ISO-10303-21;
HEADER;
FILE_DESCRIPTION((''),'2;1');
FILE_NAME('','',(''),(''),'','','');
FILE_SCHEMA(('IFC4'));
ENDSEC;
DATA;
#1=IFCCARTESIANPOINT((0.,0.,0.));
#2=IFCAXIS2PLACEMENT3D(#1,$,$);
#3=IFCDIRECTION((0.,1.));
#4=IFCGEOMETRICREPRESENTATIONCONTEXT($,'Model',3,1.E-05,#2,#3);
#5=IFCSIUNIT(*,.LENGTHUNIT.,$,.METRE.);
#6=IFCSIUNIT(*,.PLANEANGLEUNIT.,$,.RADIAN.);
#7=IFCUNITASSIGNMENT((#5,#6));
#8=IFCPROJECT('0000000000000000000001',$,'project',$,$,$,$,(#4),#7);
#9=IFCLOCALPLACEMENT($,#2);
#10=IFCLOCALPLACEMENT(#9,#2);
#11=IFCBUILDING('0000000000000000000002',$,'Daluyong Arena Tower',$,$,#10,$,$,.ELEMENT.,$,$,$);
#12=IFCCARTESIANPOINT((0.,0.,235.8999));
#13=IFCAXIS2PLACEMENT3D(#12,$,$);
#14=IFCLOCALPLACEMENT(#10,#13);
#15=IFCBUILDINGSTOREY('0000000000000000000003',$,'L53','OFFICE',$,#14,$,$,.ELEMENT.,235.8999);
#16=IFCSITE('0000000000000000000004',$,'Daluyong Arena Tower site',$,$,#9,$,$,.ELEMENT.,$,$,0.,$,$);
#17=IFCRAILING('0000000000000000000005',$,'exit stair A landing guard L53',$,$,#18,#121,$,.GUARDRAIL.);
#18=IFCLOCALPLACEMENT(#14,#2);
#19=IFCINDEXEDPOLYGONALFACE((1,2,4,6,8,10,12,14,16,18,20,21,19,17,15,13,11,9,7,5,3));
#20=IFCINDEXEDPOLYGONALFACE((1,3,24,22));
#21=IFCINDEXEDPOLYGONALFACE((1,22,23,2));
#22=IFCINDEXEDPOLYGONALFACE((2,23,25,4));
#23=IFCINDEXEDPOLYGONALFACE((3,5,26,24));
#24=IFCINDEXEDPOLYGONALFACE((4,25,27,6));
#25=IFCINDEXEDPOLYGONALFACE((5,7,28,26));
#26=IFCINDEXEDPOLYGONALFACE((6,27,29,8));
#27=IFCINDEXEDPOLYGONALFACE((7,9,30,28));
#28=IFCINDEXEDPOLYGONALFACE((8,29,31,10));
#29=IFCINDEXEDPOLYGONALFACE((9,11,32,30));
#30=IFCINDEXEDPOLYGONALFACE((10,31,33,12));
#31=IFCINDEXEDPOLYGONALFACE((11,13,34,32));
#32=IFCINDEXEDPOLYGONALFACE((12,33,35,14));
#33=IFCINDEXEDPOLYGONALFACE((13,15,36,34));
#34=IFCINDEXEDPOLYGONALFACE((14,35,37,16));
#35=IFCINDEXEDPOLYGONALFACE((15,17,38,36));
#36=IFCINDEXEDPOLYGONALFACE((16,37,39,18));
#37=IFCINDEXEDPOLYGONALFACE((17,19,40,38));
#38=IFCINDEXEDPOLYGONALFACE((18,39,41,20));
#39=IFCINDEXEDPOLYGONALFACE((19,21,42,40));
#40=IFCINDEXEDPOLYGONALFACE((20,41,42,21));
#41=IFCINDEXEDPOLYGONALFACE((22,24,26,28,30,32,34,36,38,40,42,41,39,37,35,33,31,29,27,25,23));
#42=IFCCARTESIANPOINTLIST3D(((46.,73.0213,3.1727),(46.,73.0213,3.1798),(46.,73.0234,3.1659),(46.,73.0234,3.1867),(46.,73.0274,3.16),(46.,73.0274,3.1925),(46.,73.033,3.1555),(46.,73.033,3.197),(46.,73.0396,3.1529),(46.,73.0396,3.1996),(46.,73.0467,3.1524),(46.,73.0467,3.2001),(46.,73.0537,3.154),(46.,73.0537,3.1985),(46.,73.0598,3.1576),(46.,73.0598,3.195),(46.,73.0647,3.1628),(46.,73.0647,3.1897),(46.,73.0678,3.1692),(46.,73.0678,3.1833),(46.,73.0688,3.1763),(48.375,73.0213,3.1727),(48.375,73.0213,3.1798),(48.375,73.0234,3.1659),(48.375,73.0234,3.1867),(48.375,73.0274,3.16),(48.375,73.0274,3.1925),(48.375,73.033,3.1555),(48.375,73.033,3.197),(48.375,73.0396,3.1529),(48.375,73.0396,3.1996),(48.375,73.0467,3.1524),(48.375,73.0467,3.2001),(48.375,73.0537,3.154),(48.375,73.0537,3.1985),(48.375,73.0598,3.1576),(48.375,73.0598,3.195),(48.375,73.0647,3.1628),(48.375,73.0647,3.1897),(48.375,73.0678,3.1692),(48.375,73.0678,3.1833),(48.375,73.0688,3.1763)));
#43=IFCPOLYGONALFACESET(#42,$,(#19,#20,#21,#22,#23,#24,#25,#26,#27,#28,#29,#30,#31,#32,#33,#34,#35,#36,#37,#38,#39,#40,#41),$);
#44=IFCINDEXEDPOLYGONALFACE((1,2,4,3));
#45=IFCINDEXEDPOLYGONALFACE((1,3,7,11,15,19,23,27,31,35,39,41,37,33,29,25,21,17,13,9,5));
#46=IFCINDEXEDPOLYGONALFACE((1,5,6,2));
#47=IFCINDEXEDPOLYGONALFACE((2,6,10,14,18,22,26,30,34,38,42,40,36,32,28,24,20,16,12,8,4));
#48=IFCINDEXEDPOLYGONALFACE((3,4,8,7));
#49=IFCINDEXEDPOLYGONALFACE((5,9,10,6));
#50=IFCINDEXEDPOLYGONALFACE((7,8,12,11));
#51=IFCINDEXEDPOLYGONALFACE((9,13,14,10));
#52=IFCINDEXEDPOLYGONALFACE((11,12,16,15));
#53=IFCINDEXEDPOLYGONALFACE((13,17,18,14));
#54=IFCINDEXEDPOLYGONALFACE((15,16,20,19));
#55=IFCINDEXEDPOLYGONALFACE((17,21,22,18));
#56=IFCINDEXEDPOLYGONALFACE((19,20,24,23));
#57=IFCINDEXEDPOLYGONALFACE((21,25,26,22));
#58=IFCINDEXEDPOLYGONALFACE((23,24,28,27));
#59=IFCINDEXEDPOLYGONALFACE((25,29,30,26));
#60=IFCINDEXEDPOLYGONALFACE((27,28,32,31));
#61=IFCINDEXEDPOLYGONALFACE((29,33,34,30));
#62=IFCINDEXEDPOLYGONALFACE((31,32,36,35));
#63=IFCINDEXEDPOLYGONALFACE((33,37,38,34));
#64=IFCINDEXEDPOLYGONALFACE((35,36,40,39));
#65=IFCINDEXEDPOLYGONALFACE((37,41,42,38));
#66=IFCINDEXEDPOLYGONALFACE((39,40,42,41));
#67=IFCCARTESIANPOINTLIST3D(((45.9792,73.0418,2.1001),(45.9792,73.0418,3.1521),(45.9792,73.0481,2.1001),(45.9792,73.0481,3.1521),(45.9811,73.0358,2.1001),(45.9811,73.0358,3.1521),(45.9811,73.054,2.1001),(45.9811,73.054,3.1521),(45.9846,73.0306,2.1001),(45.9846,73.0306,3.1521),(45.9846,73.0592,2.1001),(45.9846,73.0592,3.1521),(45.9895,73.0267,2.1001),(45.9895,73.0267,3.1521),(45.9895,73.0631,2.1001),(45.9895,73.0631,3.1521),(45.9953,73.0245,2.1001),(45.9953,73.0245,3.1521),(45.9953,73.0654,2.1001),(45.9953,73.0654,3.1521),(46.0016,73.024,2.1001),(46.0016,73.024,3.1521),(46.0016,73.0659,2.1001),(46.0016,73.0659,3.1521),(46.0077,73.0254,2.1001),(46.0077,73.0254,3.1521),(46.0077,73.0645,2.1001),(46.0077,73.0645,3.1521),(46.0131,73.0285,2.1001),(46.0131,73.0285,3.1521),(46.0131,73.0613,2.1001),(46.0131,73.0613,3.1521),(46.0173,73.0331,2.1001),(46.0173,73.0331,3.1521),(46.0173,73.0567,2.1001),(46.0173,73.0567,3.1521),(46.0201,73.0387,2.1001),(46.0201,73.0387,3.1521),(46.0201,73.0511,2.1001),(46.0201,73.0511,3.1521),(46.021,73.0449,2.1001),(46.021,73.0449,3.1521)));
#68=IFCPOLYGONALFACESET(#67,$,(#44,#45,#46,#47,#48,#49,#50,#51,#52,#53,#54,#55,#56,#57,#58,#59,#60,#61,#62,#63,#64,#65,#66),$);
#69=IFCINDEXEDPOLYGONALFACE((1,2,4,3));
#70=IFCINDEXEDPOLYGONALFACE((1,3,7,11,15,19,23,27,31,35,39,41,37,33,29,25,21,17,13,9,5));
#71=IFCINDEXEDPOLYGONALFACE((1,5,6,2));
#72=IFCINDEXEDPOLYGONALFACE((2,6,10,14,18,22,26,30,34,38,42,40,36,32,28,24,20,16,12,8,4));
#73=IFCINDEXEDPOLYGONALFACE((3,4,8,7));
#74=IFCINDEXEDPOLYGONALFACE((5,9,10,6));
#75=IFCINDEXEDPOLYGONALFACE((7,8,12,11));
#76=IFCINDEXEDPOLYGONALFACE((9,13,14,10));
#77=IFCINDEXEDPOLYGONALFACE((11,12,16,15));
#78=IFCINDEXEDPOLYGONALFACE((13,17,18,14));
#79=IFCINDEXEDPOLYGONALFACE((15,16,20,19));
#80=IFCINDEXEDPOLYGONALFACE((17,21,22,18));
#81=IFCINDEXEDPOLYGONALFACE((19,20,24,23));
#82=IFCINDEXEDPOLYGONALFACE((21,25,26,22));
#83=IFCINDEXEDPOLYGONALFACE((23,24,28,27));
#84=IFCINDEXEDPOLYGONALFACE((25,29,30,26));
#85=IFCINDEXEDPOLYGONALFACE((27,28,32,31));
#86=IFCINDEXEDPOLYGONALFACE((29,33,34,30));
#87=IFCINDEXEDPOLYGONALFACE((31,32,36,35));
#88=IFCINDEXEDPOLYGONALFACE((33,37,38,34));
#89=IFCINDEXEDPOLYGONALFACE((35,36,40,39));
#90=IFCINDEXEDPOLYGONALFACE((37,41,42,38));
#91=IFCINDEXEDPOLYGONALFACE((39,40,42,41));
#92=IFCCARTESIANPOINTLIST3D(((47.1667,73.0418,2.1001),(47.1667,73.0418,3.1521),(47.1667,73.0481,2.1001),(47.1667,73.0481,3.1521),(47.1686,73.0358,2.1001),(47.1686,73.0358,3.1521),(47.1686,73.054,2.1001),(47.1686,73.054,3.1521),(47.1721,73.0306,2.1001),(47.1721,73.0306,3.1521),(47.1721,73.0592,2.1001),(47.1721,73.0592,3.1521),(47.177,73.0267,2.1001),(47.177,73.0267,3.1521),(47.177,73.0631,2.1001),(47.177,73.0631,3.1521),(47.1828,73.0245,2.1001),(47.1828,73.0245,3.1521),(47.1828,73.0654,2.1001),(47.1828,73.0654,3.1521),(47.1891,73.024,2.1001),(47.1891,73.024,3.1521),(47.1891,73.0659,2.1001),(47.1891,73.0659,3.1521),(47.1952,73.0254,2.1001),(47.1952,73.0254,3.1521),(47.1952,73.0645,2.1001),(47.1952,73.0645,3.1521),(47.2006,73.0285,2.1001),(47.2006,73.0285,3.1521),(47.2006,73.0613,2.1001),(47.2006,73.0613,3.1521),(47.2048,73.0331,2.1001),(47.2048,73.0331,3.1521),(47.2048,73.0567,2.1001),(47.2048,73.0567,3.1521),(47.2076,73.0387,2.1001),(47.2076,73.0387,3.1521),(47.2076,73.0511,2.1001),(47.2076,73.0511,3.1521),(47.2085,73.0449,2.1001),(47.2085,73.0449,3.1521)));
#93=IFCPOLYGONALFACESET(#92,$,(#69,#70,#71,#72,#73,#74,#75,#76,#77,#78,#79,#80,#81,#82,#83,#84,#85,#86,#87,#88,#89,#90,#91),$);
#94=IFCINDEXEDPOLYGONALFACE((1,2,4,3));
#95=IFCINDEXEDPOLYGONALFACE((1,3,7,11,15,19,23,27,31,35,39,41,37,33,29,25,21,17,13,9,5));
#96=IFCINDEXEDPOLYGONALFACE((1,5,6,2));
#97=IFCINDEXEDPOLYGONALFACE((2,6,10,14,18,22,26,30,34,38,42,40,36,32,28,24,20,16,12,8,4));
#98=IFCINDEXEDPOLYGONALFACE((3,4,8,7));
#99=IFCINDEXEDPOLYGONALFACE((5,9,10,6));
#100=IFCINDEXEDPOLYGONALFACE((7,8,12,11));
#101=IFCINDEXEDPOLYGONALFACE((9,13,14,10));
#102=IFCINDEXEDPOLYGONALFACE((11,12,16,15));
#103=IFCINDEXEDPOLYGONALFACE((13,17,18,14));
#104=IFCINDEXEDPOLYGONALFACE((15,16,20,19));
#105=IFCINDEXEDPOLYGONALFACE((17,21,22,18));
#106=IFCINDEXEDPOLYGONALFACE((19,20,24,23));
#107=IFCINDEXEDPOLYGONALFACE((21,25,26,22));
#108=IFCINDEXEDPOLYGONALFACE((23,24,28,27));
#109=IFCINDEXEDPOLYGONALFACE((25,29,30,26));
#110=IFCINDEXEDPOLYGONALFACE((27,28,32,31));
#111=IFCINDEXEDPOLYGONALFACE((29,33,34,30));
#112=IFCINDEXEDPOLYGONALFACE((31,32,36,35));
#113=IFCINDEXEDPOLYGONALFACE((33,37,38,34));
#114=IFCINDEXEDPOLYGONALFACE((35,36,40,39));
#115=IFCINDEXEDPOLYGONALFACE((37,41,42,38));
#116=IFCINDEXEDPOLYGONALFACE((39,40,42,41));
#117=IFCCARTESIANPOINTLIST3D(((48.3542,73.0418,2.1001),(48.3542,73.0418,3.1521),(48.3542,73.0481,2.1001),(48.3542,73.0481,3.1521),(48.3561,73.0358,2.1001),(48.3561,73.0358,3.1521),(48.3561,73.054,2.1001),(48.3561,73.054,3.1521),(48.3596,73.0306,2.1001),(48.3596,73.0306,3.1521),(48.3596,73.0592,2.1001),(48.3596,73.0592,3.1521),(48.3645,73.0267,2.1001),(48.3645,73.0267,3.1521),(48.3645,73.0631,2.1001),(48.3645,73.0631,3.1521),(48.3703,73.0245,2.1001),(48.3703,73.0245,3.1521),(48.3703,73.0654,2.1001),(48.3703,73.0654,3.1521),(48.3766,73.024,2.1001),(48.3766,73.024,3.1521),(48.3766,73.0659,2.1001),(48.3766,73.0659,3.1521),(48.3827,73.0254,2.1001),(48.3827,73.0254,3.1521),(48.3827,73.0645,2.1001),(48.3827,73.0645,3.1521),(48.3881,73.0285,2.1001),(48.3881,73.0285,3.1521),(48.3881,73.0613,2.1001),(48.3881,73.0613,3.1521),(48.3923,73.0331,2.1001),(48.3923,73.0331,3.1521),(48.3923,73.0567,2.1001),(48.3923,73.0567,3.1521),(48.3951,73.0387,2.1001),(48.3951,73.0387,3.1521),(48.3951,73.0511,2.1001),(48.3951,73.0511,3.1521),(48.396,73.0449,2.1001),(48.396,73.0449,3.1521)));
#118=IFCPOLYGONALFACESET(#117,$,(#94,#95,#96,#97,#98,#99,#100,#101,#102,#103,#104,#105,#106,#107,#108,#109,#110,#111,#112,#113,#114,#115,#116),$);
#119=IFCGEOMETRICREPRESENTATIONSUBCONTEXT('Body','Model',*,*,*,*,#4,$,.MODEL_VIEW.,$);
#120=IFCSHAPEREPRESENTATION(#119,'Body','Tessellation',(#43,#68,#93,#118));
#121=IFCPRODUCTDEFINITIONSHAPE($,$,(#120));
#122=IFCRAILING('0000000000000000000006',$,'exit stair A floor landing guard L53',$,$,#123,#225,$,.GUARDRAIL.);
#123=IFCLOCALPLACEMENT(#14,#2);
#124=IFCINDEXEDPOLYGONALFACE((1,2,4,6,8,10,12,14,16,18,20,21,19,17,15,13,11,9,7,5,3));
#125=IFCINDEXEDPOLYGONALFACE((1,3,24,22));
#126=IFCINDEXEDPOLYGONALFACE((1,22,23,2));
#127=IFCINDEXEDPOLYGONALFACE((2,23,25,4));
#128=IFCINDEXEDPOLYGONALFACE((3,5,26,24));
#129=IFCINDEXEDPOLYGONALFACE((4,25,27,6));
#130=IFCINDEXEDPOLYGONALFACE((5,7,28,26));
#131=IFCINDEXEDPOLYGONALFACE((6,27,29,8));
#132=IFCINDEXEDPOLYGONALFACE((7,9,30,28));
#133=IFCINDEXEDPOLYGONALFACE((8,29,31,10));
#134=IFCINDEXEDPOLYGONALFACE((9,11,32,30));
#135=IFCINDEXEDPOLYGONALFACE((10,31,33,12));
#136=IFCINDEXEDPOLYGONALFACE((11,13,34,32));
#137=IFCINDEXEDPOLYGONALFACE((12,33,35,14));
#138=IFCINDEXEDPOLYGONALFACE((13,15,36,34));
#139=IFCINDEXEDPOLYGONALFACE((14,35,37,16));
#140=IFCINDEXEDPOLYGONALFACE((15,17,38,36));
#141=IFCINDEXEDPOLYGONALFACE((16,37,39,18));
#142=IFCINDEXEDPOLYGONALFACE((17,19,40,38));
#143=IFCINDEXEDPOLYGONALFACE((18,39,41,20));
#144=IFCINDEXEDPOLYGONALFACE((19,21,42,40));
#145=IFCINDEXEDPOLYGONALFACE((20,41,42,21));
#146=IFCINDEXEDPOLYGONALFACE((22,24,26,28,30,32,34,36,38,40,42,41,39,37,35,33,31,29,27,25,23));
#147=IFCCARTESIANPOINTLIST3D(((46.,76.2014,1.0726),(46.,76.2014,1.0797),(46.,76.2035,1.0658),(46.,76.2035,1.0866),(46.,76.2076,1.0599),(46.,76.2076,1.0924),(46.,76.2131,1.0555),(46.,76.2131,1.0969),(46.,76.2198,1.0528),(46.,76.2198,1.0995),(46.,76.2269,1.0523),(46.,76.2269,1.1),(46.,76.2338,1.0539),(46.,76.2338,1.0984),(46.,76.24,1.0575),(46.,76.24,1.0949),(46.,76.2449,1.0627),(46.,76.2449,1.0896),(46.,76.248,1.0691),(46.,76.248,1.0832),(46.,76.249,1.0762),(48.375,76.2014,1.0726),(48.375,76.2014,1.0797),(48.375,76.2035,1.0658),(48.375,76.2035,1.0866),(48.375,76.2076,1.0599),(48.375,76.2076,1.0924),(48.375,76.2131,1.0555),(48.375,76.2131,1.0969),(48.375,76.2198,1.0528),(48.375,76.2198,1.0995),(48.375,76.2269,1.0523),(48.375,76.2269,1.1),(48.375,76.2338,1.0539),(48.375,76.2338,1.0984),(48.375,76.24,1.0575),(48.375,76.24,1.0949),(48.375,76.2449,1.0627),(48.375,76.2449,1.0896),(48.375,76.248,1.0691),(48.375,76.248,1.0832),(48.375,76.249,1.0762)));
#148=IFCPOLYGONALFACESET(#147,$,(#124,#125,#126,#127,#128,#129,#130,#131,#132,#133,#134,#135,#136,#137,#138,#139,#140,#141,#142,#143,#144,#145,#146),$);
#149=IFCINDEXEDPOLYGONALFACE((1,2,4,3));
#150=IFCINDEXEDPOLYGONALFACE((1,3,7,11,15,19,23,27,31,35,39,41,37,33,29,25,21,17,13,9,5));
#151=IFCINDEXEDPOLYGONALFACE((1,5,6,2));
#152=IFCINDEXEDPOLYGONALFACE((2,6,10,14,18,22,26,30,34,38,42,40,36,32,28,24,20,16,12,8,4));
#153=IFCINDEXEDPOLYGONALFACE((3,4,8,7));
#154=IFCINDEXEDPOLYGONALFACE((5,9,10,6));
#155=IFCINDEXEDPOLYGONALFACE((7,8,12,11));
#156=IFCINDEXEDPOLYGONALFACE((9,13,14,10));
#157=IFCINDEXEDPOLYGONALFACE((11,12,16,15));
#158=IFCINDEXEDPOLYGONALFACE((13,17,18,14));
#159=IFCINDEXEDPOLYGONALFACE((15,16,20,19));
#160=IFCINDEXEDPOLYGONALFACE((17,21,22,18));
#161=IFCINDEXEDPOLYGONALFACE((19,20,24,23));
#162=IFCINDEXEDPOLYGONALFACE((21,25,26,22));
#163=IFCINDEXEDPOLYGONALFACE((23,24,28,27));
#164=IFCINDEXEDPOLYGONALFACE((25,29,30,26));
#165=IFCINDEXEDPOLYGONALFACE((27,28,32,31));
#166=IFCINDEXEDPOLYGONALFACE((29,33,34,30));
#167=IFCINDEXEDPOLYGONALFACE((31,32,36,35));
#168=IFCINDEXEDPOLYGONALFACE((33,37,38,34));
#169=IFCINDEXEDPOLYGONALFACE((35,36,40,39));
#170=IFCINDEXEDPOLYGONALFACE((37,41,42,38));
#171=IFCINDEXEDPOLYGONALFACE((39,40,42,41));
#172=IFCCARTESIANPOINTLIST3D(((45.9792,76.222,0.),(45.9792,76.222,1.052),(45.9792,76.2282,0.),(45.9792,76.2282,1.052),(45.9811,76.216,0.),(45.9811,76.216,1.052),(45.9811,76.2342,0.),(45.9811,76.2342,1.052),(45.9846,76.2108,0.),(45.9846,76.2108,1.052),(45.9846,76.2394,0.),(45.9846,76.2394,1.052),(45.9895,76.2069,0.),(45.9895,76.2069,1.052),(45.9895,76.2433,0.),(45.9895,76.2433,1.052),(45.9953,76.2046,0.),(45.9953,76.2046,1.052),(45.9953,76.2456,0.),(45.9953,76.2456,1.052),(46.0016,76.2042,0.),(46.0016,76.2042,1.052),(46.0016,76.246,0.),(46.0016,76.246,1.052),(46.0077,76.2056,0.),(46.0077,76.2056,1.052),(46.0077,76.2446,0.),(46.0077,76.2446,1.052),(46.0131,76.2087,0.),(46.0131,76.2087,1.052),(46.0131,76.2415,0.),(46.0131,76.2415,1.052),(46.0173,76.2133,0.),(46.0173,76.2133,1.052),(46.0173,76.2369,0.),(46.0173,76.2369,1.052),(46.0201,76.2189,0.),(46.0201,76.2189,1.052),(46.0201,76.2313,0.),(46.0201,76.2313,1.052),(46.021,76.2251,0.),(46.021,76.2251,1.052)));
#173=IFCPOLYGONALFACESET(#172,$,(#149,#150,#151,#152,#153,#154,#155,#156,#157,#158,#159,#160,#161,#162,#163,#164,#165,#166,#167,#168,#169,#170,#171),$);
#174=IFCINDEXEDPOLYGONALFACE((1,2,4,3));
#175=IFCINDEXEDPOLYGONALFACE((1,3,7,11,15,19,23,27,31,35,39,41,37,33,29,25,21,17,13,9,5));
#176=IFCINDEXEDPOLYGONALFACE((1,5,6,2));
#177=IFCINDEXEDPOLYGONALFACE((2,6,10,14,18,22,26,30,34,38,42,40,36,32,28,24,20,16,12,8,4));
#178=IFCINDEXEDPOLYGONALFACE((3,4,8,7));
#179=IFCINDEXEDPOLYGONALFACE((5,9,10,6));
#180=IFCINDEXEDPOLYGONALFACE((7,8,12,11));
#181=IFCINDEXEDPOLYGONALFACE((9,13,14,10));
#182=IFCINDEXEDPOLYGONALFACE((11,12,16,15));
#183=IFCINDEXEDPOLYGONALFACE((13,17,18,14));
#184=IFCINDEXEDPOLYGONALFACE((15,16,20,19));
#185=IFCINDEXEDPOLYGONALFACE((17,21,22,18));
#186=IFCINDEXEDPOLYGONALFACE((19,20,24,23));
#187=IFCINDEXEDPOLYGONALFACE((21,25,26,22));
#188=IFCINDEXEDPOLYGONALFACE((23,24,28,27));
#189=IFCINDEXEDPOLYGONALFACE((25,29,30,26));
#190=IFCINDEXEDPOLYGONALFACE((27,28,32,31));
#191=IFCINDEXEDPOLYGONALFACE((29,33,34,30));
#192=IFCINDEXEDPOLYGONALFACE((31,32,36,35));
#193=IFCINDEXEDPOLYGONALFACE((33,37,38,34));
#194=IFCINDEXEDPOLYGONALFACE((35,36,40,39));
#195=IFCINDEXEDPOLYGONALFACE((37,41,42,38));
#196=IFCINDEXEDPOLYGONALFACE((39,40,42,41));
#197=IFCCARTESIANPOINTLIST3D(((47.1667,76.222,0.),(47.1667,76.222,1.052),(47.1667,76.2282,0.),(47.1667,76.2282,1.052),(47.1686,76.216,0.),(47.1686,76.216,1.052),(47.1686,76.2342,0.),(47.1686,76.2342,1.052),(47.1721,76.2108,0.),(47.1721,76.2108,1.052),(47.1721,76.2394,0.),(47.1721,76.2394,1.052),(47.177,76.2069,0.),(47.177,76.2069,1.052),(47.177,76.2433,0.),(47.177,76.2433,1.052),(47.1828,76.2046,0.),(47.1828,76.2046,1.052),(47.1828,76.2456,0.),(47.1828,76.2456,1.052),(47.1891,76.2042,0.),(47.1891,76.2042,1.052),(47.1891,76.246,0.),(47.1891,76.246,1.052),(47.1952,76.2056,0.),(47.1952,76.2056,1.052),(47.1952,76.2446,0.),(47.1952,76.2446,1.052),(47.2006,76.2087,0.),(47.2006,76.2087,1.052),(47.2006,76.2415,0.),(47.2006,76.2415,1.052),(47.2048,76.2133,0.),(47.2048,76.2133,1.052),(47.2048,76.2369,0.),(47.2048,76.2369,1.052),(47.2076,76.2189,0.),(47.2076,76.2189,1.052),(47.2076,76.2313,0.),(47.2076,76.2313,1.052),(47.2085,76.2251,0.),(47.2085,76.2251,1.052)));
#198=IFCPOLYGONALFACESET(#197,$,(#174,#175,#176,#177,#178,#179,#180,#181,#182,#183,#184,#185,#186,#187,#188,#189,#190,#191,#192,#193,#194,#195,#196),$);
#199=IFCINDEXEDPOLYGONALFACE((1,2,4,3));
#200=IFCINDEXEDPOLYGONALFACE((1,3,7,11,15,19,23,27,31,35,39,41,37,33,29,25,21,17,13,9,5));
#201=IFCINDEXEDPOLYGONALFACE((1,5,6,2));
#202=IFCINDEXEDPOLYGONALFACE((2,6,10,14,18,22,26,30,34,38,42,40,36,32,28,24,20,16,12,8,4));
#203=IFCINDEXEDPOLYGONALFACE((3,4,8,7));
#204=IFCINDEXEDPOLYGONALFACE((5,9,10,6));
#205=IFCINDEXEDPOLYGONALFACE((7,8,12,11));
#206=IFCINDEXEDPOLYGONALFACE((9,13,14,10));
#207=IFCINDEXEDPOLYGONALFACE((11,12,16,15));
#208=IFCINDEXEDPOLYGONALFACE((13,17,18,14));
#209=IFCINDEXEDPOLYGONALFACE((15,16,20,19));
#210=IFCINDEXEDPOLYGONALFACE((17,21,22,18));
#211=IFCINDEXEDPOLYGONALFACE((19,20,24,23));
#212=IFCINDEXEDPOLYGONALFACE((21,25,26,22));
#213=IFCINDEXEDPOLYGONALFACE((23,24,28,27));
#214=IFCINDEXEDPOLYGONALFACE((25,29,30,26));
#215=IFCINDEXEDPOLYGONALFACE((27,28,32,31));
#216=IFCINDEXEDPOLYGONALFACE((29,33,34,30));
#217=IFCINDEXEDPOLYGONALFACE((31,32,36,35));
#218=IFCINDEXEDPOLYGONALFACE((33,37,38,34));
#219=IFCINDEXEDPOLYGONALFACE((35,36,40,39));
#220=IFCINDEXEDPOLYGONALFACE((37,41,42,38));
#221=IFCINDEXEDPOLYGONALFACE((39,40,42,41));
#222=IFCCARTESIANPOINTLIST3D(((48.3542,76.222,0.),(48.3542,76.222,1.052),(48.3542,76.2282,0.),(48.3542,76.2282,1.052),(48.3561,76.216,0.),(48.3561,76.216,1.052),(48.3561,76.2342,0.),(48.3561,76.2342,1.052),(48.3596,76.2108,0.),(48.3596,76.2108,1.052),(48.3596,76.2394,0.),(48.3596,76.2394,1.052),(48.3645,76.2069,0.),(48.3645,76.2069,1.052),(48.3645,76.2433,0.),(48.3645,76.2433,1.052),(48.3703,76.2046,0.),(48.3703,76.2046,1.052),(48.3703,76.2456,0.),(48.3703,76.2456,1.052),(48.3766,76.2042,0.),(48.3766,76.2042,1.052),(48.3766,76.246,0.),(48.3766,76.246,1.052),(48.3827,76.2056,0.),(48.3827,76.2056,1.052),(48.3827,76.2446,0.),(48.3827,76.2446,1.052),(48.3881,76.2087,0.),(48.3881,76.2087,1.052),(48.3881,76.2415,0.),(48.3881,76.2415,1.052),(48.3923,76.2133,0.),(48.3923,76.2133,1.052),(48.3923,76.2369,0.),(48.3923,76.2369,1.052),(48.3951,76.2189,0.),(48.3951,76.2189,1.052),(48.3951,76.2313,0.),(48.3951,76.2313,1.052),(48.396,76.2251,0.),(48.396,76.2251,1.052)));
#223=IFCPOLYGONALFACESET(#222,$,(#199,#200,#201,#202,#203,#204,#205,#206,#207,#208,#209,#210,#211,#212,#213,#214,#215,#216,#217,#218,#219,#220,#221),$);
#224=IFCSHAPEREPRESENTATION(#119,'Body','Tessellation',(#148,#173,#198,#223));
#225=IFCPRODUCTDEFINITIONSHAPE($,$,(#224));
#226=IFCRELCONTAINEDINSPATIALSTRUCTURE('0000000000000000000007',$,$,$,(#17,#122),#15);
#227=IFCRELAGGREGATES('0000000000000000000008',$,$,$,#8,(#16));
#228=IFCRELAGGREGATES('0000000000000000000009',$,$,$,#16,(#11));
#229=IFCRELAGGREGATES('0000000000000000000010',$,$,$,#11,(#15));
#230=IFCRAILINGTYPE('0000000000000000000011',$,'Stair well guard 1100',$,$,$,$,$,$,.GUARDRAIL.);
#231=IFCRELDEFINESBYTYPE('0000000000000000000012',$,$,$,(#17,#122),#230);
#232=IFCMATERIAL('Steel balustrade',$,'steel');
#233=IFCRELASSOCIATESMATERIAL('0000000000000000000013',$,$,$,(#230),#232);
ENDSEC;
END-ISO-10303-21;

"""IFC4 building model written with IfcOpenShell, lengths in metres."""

from ifc_helpers import new_model, si_unit, direction, frame, origin, origin_2d, place, context, subcontext, project, spatial, circle, extrude, material, type_object, element, save


model = new_model("IFC4")

# Units and contexts
model_context = context("Model", 3, precision=1e-05, world=origin(), true_north=direction((0.0, 1.0)))
body_context = subcontext(model_context, "Body", "Model", "MODEL_VIEW")
ifc_project = project(units=[si_unit("LENGTHUNIT", "METRE"), si_unit("PLANEANGLEUNIT", "RADIAN")], contexts=[model_context])

# Site, building, storey
site_placement = place(None, origin())
site = spatial("IfcSite", under=ifc_project, at=site_placement, Name="Daluyong Arena Tower site", CompositionType="ELEMENT", RefElevation=0.0)
building_placement = place(site_placement, origin())
building = spatial("IfcBuilding", under=site, at=building_placement, Name="Daluyong Arena Tower", CompositionType="ELEMENT")
storey_placement = place(building_placement, frame((0.0, 0.0, 235.8999)))
storey = spatial("IfcBuildingStorey", under=building, at=storey_placement, Name="L53", Description="OFFICE", CompositionType="ELEMENT", Elevation=235.8999)

# Railings
ifc_material_1 = material(Name="Steel balustrade", Category="steel")
railing_type_1 = type_object("IfcRailingType", Name="Stair well guard 1100", PredefinedType="GUARDRAIL", material=ifc_material_1)
for number, where, name in (
    (1, (46.0, 73.0449, 2.1001), "exit stair A landing guard L53"),
    (2, (46.0, 76.2251, 0.0), "exit stair A floor landing guard L53"),
):
    element("IfcRailing", number, at=place(storey_placement, frame(where)), inside=storey, type_object=railing_type_1, Name=name, PredefinedType="GUARDRAIL", context=body_context, shape_type="SweptSolid", body=[
        extrude(circle(Radius=0.0239, at=origin_2d()), frame((0.0, 0.0, 1.0762), z_axis=(1.0, 0.0, 0.0), x_axis=(0.0, 1.0, 0.0)), (0.0, 0.0, 1.0), 2.375),
        extrude(circle(Radius=0.021, at=origin_2d()), origin(), (0.0, 0.0, 1.0), 1.052),
        extrude(circle(Radius=0.021, at=origin_2d()), frame((1.1875, 0.0, 0.0)), (0.0, 0.0, 1.0), 1.052),
        extrude(circle(Radius=0.021, at=origin_2d()), frame((2.375, 0.0, 0.0)), (0.0, 0.0, 1.0), 1.052),
    ])

save(model, "model.ifc")
